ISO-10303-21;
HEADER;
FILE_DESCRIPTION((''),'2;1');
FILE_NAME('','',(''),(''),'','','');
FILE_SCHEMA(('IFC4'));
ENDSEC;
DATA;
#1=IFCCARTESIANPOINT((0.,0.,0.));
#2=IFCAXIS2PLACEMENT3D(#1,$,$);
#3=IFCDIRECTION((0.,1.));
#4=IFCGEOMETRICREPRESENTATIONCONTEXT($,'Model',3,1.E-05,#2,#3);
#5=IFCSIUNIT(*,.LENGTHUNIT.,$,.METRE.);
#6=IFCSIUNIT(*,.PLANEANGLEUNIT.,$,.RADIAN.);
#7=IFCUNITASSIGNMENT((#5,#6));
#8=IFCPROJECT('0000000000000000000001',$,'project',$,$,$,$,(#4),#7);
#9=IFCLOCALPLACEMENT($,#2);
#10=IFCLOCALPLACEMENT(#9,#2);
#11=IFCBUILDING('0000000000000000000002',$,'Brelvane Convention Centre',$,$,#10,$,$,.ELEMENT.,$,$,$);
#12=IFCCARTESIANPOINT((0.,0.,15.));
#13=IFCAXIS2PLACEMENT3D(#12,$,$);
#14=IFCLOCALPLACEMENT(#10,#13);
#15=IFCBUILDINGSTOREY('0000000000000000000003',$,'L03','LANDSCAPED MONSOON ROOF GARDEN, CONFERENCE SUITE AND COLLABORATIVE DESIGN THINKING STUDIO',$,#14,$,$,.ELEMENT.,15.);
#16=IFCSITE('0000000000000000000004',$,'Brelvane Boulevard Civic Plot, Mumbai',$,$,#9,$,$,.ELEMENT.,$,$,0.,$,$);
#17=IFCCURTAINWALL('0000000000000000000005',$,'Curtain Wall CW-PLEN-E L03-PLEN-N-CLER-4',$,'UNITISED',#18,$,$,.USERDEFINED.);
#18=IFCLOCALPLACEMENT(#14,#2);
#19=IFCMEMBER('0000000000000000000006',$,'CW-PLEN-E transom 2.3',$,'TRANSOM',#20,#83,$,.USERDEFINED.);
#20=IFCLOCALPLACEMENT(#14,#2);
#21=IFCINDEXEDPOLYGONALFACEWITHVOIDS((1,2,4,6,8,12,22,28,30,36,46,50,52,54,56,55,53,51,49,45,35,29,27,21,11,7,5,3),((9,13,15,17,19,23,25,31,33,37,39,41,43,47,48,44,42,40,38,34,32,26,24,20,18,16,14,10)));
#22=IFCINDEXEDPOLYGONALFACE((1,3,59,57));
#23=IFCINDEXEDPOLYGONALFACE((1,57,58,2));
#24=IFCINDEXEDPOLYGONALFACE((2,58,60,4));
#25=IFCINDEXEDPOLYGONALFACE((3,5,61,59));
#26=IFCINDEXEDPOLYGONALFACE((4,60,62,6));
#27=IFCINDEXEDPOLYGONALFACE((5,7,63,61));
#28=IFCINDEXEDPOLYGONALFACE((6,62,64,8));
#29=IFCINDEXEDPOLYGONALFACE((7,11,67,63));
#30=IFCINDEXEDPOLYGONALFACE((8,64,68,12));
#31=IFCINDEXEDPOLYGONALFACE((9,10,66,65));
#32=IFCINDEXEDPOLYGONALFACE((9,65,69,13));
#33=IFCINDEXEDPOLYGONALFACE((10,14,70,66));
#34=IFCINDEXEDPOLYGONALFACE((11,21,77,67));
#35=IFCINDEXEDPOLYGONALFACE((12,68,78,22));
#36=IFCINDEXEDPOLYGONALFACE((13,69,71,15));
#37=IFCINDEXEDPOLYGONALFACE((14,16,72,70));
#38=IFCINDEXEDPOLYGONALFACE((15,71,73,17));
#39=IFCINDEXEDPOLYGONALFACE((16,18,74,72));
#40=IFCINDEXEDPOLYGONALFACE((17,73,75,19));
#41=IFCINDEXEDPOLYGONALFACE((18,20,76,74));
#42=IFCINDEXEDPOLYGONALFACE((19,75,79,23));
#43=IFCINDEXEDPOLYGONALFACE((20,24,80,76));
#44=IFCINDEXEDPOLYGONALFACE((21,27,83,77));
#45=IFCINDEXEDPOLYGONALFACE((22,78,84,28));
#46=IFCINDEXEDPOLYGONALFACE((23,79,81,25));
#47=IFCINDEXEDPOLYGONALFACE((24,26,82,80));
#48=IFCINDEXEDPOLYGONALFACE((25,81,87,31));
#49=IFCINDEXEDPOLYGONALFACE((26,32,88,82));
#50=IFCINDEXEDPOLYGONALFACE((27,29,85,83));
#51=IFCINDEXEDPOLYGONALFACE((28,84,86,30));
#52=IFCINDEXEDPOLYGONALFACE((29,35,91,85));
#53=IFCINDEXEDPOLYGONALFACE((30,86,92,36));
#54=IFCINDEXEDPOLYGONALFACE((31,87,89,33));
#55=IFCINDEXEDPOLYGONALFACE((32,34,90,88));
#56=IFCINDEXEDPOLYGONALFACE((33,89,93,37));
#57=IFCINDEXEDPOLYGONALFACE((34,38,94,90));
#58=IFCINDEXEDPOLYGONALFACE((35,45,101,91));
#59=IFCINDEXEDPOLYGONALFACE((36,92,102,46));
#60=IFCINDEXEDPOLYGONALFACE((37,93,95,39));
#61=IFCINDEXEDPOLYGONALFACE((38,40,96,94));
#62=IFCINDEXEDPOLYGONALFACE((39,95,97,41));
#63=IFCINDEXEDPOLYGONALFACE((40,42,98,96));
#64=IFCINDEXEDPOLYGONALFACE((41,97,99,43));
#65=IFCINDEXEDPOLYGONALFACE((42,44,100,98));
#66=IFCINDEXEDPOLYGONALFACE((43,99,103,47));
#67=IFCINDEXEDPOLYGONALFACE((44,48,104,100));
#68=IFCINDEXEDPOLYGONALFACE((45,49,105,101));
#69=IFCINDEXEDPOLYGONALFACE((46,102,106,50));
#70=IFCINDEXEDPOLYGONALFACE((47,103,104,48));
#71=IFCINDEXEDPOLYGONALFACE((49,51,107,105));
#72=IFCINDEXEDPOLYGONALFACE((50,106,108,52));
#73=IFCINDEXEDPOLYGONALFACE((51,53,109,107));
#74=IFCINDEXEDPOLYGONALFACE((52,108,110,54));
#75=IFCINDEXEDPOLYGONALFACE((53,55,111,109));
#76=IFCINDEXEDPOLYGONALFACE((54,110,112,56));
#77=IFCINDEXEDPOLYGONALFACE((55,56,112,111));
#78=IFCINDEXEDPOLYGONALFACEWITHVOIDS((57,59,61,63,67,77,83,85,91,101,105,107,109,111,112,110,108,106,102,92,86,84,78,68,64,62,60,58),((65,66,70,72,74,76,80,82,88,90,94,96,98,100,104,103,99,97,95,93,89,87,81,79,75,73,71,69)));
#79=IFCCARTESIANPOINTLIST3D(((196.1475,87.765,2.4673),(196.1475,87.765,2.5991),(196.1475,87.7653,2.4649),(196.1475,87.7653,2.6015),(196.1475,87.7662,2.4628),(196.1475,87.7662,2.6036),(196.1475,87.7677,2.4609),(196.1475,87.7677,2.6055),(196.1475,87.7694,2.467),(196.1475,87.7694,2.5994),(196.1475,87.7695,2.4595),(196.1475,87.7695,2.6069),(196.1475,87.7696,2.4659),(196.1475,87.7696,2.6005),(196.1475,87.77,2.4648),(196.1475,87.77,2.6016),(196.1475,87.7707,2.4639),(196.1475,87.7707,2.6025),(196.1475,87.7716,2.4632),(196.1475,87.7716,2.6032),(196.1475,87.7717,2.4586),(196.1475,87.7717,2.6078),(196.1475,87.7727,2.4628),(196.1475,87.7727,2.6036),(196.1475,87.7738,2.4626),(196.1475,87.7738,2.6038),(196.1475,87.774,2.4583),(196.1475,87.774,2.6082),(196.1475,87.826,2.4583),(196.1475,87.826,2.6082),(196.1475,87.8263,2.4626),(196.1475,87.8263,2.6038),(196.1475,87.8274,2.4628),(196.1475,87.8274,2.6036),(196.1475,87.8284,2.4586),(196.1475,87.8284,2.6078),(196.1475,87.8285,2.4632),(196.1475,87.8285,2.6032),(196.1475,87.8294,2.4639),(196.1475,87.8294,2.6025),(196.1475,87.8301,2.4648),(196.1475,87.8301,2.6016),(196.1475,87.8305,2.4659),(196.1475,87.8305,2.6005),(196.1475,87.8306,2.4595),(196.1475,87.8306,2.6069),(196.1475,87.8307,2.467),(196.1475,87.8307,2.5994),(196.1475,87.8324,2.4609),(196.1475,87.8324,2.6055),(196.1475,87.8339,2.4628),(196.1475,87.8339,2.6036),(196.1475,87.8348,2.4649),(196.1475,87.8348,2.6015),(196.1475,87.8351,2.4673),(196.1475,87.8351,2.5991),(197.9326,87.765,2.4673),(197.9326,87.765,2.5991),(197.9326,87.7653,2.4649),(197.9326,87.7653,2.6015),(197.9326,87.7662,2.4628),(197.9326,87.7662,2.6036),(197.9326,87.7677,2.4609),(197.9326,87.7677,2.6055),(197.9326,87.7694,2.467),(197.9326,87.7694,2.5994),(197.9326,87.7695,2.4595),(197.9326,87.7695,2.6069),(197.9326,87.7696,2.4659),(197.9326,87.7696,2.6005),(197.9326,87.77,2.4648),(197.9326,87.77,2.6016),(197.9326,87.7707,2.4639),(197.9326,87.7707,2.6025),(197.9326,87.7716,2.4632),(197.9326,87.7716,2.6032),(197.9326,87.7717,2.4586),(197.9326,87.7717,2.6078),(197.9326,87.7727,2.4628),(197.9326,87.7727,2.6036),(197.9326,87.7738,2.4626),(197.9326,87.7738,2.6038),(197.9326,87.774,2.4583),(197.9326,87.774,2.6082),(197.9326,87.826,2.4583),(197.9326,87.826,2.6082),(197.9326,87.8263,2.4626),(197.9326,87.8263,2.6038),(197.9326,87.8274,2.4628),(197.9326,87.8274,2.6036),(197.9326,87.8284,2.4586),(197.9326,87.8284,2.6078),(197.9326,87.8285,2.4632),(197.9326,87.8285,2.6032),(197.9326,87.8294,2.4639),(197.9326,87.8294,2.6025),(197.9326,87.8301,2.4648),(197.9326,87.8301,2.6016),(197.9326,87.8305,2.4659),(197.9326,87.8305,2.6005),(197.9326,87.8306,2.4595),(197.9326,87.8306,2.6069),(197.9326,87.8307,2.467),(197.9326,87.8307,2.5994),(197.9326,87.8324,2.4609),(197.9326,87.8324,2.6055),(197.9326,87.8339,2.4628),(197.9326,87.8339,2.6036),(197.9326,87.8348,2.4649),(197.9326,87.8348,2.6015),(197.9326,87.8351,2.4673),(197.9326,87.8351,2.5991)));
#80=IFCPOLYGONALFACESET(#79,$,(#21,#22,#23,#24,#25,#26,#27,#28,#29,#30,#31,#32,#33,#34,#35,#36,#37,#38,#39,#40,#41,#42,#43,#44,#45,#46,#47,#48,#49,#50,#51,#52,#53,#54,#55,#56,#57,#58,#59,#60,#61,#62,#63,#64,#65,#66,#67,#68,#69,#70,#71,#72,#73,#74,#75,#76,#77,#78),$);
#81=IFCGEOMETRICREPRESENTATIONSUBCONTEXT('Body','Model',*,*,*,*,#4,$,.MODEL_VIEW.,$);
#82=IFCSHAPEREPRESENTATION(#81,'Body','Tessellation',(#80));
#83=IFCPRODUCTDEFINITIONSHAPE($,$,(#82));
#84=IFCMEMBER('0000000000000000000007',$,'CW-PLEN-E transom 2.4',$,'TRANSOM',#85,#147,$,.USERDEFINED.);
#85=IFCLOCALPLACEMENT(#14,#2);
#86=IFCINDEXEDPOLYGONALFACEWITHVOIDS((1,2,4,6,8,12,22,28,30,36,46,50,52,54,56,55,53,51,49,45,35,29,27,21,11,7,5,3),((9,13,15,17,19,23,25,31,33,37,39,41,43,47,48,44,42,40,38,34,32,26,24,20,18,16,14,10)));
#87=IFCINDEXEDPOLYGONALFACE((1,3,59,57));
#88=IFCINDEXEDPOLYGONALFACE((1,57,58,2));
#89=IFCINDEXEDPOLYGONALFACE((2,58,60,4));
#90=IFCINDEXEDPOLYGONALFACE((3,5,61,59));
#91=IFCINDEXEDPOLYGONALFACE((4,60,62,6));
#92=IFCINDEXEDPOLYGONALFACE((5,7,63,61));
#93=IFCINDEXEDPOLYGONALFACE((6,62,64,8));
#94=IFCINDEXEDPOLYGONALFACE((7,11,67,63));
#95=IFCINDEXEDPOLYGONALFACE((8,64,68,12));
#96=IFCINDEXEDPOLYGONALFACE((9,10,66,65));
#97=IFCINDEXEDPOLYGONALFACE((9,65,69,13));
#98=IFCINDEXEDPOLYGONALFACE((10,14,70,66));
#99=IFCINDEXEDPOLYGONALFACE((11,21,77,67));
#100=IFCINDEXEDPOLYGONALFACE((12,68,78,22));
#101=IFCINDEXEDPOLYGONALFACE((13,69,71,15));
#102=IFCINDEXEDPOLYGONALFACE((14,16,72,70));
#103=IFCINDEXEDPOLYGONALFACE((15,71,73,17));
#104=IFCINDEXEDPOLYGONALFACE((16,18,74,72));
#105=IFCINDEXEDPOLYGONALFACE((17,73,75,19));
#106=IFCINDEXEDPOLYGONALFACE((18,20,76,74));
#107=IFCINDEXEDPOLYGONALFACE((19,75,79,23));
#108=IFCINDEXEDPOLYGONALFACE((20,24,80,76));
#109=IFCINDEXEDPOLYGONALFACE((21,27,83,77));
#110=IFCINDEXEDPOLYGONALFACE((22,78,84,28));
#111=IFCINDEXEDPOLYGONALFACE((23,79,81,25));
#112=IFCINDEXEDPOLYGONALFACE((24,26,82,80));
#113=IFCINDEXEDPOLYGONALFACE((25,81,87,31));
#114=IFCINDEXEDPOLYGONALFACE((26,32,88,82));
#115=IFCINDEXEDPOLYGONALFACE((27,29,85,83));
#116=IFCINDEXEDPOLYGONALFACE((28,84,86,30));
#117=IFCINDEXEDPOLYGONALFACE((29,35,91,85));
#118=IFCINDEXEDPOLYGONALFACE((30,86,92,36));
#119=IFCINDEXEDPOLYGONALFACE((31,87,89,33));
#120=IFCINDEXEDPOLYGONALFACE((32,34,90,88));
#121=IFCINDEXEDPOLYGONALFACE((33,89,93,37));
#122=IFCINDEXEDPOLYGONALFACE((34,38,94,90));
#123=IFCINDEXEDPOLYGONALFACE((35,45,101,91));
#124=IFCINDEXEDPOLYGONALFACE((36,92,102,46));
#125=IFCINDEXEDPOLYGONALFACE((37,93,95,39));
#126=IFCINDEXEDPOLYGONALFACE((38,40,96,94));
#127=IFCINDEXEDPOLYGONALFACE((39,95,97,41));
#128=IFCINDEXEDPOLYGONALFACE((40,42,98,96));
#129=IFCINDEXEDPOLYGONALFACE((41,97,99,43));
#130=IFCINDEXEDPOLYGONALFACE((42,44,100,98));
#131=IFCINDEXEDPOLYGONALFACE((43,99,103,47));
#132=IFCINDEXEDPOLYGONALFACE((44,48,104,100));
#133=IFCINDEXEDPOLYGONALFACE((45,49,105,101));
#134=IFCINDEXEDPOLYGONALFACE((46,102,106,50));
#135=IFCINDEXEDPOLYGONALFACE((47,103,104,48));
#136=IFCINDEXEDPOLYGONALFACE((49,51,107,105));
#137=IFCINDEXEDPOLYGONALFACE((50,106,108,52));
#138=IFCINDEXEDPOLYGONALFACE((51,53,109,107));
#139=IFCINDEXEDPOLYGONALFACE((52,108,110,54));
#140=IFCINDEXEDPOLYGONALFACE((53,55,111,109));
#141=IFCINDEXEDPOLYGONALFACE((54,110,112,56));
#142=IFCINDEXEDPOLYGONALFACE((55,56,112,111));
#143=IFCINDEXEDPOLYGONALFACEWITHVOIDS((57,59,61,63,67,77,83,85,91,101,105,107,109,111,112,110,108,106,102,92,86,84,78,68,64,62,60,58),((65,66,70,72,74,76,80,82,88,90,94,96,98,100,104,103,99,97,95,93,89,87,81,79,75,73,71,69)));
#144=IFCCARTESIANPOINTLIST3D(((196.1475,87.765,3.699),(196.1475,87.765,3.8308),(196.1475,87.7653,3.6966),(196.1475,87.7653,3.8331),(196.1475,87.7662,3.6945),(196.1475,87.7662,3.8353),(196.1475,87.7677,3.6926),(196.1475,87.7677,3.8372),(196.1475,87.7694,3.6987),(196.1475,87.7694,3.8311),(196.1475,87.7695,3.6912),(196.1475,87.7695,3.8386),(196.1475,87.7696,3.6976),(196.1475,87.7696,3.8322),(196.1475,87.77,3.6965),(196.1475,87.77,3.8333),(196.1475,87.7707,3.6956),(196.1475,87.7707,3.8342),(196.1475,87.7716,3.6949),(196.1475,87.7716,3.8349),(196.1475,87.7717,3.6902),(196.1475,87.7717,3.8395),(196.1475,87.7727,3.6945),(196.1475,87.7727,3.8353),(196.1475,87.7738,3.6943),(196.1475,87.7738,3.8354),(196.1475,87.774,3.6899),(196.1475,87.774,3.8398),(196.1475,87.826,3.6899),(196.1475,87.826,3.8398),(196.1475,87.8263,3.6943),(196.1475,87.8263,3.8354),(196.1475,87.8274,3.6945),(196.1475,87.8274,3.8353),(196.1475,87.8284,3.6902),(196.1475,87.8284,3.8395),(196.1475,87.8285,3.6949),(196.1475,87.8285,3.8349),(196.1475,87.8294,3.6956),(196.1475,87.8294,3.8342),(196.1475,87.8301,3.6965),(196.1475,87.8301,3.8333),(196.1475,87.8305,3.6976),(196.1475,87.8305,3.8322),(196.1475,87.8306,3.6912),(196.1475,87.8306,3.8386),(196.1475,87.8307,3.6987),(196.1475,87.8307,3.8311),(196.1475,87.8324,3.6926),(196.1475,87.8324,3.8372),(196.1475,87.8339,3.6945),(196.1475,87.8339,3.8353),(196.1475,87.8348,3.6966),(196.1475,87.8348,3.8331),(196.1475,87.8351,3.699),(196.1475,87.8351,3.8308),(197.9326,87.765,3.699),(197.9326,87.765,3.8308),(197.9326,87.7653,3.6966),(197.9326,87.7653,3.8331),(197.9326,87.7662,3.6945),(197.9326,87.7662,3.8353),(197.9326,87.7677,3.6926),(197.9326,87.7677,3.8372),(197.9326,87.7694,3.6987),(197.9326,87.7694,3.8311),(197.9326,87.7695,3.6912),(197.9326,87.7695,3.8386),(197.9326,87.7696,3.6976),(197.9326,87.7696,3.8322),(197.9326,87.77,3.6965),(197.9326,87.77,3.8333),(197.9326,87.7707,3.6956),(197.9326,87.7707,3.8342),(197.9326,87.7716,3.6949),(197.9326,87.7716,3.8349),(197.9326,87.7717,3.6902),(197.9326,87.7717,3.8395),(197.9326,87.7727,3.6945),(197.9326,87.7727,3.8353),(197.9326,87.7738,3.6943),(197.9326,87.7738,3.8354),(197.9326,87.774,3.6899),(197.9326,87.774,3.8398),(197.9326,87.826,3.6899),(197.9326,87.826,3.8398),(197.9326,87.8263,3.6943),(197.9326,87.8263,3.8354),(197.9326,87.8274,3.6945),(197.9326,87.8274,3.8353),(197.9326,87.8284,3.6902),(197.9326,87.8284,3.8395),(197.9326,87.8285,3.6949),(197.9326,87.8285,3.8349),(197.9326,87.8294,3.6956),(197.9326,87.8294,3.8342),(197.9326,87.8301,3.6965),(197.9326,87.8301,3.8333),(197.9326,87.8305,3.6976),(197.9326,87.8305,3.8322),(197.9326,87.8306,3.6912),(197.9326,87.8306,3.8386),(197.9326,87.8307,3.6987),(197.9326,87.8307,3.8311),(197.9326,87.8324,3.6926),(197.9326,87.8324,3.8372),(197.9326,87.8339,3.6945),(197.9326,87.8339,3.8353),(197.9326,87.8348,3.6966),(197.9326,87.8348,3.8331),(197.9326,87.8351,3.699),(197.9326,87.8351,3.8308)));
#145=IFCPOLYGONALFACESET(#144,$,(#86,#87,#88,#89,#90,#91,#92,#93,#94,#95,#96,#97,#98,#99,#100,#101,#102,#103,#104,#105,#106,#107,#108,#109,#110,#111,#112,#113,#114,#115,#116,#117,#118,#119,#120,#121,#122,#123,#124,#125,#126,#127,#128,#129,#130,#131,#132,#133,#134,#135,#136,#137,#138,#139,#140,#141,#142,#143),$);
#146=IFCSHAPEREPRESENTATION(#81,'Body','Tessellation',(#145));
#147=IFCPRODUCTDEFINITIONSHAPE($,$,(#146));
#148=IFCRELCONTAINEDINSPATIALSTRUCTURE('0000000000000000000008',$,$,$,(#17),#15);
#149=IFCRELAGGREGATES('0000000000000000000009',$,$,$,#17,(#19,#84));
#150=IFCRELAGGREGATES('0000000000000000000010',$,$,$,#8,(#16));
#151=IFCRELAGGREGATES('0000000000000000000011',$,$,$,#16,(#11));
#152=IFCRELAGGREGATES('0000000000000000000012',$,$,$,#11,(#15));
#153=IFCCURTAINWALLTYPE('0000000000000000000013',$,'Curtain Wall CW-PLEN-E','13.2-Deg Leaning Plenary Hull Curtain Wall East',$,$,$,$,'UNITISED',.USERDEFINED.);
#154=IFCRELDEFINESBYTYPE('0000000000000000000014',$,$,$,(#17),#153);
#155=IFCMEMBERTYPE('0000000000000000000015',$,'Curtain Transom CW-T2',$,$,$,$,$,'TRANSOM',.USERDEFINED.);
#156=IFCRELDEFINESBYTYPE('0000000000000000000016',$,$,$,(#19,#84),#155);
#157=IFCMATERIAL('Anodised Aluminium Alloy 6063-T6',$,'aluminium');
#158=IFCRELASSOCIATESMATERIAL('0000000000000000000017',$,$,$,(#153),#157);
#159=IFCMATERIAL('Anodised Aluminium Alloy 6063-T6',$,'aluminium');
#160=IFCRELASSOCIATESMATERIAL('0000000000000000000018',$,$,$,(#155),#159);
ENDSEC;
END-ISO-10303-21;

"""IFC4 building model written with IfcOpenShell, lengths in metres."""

from ifc_helpers import new_model, si_unit, direction, frame, origin, origin_2d, place, context, subcontext, project, spatial, hollow_rectangle, extrude, material, material_profile, profile_set, type_object, element, aggregate, save


model = new_model("IFC4")

# Units and contexts
model_context = context("Model", 3, precision=1e-05, world=origin(), true_north=direction((0.0, 1.0)))
body_context = subcontext(model_context, "Body", "Model", "MODEL_VIEW")
ifc_project = project(units=[si_unit("LENGTHUNIT", "METRE"), si_unit("PLANEANGLEUNIT", "RADIAN")], contexts=[model_context])

# Site, building, storey
site_placement = place(None, origin())
site = spatial("IfcSite", under=ifc_project, at=site_placement, Name="Brelvane Boulevard Civic Plot, Mumbai", CompositionType="ELEMENT", RefElevation=0.0)
building_placement = place(site_placement, origin())
building = spatial("IfcBuilding", under=site, at=building_placement, Name="Brelvane Convention Centre", CompositionType="ELEMENT")
storey_placement = place(building_placement, frame((0.0, 0.0, 15.0)))
storey = spatial("IfcBuildingStorey", under=building, at=storey_placement, Name="L03", Description="LANDSCAPED MONSOON ROOF GARDEN, CONFERENCE SUITE AND COLLABORATIVE DESIGN THINKING STUDIO", CompositionType="ELEMENT", Elevation=15.0)

# Shared definitions
ifc_material_1 = material(Name="Anodised Aluminium Alloy 6063-T6", Category="aluminium")
curtain_wall_type = type_object("IfcCurtainWallType", Name="Curtain Wall CW-PLEN-E", Description="13.2-Deg Leaning Plenary Hull Curtain Wall East", ElementType="UNITISED", PredefinedType="USERDEFINED", material=ifc_material_1)

# Curtain wall
curtain_wall_1_placement = place(storey_placement, origin())
curtain_wall_1 = element("IfcCurtainWall", 1, at=curtain_wall_1_placement, inside=storey, type_object=curtain_wall_type, Name="Curtain Wall CW-PLEN-E L03-PLEN-N-CLER-4", ObjectType="UNITISED", PredefinedType="USERDEFINED")

# Members
ifc_material_2 = material(Name="Anodised Aluminium Alloy 6063-T6", Category="aluminium")
ifc_material_profile_1 = material_profile(ifc_material_2, hollow_rectangle(XDim=0.0701, YDim=0.1499, WallThickness=0.0044, InnerFilletRadius=0.0044, OuterFilletRadius=0.009, at=origin_2d()), Name="ALU-T 150x70x4.5")
ifc_profile_set_1 = profile_set([ifc_material_profile_1], Name="Anodised Aluminium Alloy 6063-T6")
member_type_1 = type_object("IfcMemberType", Name="Curtain Transom CW-T2", ElementType="TRANSOM", PredefinedType="USERDEFINED", material=ifc_profile_set_1)
member_1_placement = place(storey_placement, frame((196.1475, 87.8, 2.5332), z_axis=(1.0, 0.0, 0.0), x_axis=(0.0, 1.0, 0.0)))
member_1 = element("IfcMember", 2, at=member_1_placement, type_object=member_type_1, Name="CW-PLEN-E transom 2.3", ObjectType="TRANSOM", PredefinedType="USERDEFINED", context=body_context, shape_type="SweptSolid", body=[
    extrude(hollow_rectangle(XDim=0.0701, YDim=0.1499, WallThickness=0.0044, InnerFilletRadius=0.0044, OuterFilletRadius=0.009, at=origin_2d()), origin(), (0.0, 0.0, 1.0), 1.7852),
])
member_2_placement = place(storey_placement, frame((196.1475, 87.8, 3.7649), z_axis=(1.0, 0.0, 0.0), x_axis=(0.0, 1.0, 0.0)))
member_2 = element("IfcMember", 3, at=member_2_placement, type_object=member_type_1, Name="CW-PLEN-E transom 2.4", ObjectType="TRANSOM", PredefinedType="USERDEFINED", context=body_context, shape_type="SweptSolid", body=[
    extrude(hollow_rectangle(XDim=0.0701, YDim=0.1499, WallThickness=0.0044, InnerFilletRadius=0.0044, OuterFilletRadius=0.009, at=origin_2d()), origin(), (0.0, 0.0, 1.0), 1.7852),
])

aggregate(curtain_wall_1, [member_1, member_2])

save(model, "model.ifc")
